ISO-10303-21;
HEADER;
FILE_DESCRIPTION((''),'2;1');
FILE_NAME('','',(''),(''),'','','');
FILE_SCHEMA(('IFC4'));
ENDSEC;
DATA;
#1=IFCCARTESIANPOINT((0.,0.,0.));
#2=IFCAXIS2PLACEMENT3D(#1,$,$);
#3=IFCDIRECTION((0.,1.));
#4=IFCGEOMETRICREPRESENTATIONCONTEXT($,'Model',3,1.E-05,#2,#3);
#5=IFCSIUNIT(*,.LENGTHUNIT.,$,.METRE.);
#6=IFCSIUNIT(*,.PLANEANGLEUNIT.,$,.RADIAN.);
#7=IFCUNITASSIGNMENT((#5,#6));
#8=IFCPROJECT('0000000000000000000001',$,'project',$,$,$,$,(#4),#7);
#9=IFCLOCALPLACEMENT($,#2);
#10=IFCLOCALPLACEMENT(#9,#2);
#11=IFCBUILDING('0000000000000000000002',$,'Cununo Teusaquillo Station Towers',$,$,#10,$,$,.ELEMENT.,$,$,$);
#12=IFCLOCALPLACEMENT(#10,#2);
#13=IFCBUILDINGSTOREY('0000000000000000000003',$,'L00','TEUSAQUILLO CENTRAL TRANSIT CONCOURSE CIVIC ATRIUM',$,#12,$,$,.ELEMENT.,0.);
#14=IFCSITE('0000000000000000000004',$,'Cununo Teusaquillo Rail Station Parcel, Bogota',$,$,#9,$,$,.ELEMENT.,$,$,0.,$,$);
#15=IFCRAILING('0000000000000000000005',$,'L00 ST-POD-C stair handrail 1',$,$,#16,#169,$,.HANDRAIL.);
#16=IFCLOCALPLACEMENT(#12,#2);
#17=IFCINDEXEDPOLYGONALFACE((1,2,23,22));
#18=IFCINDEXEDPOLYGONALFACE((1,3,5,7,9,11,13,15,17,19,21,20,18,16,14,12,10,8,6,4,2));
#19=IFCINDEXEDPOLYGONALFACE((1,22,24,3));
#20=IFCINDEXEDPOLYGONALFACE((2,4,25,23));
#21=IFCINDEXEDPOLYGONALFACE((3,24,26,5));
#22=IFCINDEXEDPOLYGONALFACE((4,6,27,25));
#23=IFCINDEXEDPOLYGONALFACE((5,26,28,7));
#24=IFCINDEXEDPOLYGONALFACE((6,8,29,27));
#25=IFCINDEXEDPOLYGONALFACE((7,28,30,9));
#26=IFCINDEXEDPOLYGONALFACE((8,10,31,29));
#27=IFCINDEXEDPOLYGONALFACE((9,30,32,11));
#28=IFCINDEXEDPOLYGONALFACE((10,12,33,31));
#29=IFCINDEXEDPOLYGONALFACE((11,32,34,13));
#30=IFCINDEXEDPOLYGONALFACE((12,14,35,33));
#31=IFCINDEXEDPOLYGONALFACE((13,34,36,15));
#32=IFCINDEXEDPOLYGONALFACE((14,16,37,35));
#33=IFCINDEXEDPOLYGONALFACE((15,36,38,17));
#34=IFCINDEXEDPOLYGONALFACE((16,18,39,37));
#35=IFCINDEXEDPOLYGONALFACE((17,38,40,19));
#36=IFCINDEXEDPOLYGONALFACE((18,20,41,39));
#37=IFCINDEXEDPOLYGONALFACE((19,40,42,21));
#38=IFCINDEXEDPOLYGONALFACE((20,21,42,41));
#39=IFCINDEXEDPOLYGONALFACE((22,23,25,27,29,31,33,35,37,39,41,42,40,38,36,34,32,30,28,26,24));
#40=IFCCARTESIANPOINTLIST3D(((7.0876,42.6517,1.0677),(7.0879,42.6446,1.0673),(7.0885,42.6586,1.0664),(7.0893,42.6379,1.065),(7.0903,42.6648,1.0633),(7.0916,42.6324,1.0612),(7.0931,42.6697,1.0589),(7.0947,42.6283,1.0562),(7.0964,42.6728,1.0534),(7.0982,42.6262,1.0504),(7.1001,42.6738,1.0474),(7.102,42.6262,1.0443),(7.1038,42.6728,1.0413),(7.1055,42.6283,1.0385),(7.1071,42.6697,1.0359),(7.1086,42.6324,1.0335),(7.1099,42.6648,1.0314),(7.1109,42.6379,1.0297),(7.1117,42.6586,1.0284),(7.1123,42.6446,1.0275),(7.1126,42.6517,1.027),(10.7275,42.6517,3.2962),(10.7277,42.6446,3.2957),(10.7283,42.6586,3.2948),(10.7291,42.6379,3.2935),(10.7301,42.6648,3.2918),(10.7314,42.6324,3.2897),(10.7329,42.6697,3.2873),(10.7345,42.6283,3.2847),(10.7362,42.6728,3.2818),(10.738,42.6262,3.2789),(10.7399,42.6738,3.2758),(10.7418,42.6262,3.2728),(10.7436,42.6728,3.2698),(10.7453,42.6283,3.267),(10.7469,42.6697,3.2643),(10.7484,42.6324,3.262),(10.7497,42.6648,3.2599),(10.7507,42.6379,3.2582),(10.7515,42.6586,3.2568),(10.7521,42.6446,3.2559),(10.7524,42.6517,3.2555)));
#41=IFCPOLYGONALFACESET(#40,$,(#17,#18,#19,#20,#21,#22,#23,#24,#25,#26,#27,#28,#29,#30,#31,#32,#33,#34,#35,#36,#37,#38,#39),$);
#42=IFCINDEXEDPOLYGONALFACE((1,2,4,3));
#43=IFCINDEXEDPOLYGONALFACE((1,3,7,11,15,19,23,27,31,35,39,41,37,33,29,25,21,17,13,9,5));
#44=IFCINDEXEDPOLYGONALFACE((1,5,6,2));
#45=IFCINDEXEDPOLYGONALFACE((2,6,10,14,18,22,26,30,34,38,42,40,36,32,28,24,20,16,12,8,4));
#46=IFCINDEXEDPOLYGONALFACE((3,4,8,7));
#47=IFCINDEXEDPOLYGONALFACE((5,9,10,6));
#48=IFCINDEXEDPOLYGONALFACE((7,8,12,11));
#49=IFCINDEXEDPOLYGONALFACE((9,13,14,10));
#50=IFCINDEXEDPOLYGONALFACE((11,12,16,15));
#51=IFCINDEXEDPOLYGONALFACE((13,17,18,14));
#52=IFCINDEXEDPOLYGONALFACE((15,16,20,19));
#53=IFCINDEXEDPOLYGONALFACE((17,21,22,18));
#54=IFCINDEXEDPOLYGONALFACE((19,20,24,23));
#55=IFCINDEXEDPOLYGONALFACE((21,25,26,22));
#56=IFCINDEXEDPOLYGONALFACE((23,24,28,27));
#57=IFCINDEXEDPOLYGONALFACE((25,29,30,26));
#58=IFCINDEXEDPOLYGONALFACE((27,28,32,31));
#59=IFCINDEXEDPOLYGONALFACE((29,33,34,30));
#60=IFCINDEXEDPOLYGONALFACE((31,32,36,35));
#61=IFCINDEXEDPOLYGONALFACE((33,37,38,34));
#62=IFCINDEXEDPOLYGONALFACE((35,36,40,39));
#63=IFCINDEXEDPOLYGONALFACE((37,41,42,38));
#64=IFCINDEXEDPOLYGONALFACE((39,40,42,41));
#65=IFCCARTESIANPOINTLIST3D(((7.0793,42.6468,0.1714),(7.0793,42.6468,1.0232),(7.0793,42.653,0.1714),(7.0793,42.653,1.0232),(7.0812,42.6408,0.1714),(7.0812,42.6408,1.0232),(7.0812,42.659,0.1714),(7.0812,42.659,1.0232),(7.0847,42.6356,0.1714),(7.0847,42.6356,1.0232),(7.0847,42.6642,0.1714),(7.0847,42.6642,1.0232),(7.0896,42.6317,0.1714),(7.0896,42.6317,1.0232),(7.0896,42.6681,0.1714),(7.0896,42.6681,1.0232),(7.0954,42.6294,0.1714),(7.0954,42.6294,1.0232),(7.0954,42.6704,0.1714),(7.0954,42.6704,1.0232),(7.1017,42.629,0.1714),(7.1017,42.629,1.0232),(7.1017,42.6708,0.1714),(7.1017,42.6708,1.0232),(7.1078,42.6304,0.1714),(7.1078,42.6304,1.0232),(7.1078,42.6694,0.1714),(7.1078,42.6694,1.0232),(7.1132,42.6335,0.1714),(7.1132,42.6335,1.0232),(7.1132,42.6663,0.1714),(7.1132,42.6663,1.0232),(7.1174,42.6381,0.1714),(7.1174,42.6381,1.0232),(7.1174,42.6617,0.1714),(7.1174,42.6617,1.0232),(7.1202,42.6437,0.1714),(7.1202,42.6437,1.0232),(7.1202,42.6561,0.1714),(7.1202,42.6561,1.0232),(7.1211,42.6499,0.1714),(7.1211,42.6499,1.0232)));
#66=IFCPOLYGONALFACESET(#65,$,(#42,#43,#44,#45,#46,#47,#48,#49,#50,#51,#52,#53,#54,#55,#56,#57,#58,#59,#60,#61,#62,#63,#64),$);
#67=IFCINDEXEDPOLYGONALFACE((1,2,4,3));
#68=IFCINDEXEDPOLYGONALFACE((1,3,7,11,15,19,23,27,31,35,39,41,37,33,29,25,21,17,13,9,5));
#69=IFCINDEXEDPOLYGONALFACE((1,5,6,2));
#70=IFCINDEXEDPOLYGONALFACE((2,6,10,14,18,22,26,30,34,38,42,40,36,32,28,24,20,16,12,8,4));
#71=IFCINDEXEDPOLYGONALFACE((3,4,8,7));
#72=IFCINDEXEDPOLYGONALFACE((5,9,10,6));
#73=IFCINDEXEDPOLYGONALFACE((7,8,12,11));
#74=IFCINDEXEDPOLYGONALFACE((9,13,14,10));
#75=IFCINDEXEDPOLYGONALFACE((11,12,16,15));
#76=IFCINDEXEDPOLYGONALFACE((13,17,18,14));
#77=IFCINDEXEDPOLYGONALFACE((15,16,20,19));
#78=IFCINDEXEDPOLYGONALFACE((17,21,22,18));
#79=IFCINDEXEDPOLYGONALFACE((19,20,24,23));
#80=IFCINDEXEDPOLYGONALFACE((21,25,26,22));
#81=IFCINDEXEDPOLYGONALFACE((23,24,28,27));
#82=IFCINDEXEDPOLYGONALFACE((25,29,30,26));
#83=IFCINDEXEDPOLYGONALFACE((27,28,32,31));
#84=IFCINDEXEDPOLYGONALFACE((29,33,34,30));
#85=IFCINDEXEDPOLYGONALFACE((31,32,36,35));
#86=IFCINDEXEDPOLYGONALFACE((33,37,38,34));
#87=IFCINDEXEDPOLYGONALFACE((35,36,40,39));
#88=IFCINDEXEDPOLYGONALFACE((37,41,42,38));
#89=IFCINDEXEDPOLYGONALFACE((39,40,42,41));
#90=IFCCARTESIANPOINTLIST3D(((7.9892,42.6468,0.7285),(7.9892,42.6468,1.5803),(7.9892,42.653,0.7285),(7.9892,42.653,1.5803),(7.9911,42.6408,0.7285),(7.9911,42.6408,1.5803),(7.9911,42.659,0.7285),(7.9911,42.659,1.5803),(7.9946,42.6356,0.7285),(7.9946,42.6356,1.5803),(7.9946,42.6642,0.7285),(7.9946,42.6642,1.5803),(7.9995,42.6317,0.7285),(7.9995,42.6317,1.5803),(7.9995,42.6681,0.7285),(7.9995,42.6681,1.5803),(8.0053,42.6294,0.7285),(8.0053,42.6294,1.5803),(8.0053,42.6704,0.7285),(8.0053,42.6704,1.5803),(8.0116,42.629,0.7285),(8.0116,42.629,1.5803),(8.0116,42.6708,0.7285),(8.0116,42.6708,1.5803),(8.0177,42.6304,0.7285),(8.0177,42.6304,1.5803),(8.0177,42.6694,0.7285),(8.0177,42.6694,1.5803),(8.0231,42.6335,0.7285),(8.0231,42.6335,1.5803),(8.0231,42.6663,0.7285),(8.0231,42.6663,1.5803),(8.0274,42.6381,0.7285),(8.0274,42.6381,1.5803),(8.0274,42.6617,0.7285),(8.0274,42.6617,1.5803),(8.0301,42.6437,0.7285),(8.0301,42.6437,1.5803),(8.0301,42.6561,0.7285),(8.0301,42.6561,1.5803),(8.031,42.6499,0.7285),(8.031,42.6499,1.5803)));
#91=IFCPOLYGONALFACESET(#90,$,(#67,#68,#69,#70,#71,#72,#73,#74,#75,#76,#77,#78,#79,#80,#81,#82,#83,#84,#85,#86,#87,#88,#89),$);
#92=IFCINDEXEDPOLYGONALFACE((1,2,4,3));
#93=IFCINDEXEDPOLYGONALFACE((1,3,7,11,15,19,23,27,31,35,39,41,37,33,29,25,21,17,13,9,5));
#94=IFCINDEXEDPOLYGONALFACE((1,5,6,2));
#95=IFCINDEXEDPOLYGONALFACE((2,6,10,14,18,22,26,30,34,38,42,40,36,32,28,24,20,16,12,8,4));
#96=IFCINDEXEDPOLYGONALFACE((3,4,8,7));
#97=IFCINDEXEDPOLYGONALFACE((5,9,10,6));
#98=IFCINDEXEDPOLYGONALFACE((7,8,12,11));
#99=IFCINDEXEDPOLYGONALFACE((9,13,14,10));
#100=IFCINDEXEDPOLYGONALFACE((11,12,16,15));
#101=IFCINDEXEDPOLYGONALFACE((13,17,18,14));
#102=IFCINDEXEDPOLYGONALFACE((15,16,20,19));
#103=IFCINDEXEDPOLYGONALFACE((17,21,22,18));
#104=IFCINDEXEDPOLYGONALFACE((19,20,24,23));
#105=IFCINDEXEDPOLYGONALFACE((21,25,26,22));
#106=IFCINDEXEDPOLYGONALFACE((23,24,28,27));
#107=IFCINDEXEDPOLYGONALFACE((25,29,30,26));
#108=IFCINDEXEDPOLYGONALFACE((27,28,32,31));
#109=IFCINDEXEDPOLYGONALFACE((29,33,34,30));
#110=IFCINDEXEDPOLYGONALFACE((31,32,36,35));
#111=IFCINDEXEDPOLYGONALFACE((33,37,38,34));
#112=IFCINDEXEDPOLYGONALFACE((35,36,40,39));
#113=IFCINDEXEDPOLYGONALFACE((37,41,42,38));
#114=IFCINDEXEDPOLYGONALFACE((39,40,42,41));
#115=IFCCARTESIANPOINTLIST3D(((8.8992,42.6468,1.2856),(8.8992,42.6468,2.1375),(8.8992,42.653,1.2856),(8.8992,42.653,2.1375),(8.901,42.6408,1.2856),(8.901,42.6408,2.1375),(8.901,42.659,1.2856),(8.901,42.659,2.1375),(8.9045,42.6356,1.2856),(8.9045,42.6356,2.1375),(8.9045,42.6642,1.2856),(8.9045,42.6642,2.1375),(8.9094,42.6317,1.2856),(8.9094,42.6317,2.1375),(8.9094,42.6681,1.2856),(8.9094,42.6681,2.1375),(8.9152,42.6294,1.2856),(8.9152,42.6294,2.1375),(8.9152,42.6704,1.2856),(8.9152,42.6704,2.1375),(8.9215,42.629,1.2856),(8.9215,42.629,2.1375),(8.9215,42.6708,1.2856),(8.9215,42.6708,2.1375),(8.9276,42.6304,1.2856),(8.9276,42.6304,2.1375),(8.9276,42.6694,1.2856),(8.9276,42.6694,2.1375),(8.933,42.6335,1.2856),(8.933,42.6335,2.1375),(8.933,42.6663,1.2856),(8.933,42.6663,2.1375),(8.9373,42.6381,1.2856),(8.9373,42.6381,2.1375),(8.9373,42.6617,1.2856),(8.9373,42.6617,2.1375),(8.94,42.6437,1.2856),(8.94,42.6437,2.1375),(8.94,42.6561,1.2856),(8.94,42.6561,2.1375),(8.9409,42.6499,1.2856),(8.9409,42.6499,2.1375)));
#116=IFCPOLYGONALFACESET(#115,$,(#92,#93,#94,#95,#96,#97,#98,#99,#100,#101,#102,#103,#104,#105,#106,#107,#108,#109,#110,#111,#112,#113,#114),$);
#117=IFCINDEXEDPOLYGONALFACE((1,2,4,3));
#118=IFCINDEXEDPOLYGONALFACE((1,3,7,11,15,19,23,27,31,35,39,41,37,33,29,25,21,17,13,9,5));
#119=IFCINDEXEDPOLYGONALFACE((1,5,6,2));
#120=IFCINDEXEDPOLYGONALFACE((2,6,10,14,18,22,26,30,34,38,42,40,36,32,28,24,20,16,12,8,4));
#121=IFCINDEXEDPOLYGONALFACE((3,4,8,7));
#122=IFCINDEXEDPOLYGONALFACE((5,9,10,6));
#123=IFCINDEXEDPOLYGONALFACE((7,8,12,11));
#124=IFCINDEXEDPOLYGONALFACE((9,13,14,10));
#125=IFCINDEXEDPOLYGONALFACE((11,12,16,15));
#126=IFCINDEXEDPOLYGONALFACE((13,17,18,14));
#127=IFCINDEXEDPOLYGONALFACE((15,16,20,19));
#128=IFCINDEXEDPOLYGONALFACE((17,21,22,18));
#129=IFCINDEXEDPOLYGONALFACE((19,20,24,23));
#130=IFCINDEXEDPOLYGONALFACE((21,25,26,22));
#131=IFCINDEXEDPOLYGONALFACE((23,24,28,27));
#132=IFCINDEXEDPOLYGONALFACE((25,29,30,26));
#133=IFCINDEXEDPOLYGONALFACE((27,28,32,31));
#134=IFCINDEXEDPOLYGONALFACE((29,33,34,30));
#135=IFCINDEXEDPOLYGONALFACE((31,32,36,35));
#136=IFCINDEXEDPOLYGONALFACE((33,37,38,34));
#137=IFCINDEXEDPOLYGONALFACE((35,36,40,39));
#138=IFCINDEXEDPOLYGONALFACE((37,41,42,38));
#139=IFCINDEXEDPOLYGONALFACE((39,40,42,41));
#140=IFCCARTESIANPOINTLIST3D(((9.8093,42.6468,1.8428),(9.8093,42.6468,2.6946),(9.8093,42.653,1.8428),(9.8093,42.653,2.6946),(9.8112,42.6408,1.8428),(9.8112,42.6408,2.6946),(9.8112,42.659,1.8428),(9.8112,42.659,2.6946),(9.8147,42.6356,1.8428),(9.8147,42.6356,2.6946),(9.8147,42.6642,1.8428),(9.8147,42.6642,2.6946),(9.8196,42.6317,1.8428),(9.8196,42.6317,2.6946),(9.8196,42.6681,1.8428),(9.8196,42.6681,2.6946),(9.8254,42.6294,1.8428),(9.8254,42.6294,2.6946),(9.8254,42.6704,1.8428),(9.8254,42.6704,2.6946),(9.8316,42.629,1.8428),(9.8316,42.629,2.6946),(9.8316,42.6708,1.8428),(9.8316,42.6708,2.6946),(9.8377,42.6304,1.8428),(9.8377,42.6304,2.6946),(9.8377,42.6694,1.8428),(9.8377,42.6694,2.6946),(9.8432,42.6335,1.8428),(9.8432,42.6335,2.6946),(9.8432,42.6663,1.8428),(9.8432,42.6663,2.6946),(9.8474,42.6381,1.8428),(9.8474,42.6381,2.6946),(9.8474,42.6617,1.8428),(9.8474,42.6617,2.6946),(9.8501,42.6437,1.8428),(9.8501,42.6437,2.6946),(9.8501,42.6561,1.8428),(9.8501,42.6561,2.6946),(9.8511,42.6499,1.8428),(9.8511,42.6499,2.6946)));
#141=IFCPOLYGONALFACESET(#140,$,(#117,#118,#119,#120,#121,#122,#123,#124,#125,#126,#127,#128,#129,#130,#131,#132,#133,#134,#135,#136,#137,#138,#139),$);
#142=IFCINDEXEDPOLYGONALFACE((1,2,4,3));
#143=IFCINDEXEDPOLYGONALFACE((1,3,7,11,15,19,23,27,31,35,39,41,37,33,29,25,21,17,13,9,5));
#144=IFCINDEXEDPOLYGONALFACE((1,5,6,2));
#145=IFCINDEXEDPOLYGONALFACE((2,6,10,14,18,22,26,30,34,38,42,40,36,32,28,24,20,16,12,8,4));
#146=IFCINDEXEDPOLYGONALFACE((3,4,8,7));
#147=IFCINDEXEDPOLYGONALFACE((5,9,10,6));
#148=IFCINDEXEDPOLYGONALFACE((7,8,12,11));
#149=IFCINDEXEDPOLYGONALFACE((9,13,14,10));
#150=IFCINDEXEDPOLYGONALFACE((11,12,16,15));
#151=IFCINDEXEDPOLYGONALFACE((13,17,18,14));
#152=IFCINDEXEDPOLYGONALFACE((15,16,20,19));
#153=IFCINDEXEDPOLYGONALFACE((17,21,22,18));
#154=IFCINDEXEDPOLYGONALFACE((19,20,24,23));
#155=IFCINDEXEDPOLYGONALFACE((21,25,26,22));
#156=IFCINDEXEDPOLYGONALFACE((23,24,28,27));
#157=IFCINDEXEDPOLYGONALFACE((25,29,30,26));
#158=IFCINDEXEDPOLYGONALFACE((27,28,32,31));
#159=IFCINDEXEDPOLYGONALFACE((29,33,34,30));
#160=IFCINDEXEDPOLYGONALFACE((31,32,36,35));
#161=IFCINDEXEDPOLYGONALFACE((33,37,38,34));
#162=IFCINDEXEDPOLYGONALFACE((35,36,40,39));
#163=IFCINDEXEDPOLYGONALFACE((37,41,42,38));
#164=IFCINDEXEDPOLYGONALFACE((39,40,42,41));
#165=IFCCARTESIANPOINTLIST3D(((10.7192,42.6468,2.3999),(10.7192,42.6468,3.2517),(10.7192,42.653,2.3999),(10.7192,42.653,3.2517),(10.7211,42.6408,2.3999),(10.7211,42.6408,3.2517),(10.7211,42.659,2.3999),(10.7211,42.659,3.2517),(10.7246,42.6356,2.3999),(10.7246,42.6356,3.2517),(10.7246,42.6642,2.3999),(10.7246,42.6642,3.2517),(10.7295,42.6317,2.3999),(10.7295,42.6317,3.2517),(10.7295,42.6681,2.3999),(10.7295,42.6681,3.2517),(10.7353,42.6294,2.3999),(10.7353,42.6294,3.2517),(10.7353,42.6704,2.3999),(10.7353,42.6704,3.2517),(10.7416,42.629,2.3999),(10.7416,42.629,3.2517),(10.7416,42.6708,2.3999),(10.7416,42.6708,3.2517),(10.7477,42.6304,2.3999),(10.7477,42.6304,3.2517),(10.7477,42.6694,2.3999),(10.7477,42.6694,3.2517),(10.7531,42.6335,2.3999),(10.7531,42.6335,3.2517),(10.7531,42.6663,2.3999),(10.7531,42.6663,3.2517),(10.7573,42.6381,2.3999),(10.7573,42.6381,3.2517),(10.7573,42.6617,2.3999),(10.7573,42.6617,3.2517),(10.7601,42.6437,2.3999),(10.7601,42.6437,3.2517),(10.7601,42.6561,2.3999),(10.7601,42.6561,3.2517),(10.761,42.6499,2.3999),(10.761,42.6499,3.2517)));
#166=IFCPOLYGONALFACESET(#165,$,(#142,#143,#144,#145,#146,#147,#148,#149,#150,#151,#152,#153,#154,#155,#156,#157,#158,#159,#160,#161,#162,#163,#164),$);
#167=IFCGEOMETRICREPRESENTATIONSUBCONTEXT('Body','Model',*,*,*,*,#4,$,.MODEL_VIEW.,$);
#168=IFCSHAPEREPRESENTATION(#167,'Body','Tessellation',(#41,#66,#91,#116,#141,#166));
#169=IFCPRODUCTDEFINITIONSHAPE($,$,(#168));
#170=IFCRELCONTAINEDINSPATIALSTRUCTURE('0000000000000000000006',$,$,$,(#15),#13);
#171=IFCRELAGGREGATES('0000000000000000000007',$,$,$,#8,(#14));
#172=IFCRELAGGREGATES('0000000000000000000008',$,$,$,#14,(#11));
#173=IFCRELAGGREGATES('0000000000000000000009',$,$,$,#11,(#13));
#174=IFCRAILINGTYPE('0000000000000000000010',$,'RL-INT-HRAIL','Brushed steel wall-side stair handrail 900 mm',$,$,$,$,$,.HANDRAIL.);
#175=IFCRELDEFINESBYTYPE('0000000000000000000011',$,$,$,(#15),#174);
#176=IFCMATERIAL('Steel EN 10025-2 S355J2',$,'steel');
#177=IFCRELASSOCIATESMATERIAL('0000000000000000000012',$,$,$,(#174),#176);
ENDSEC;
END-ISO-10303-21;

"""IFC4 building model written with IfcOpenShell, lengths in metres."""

from ifc_helpers import new_model, si_unit, direction, frame, origin, origin_2d, place, context, subcontext, project, spatial, circle, extrude, material, type_object, element, save


model = new_model("IFC4")

# Units and contexts
model_context = context("Model", 3, precision=1e-05, world=origin(), true_north=direction((0.0, 1.0)))
body_context = subcontext(model_context, "Body", "Model", "MODEL_VIEW")
ifc_project = project(units=[si_unit("LENGTHUNIT", "METRE"), si_unit("PLANEANGLEUNIT", "RADIAN")], contexts=[model_context])

# Site, building, storey
site_placement = place(None, origin())
site = spatial("IfcSite", under=ifc_project, at=site_placement, Name="Cununo Teusaquillo Rail Station Parcel, Bogota", CompositionType="ELEMENT", RefElevation=0.0)
building_placement = place(site_placement, origin())
building = spatial("IfcBuilding", under=site, at=building_placement, Name="Cununo Teusaquillo Station Towers", CompositionType="ELEMENT")
storey_placement = place(building_placement, origin())
storey = spatial("IfcBuildingStorey", under=building, at=storey_placement, Name="L00", Description="TEUSAQUILLO CENTRAL TRANSIT CONCOURSE CIVIC ATRIUM", CompositionType="ELEMENT", Elevation=0.0)

# Railing
ifc_material_1 = material(Name="Steel EN 10025-2 S355J2", Category="steel")
railing_type_1 = type_object("IfcRailingType", Name="RL-INT-HRAIL", Description="Brushed steel wall-side stair handrail 900 mm", PredefinedType="HANDRAIL", material=ifc_material_1)
railing_1_placement = place(storey_placement, frame((7.1001, 42.6499, 0.1714)))
element("IfcRailing", 1, at=railing_1_placement, inside=storey, type_object=railing_type_1, Name="L00 ST-POD-C stair handrail 1", PredefinedType="HANDRAIL", context=body_context, shape_type="SweptSolid", body=[
    extrude(circle(Radius=0.0239, at=origin_2d()), frame((0.0, 0.0, 0.876), z_axis=(0.85285, 0.0, 0.522156), x_axis=(0.0, 1.0, 0.0)), (0.0, 0.0, 1.0), 4.2678),
    extrude(circle(Radius=0.021, at=origin_2d()), origin(), (0.0, 0.0, 1.0), 0.8518),
    extrude(circle(Radius=0.021, at=origin_2d()), frame((0.9099, 0.0, 0.5571)), (0.0, 0.0, 1.0), 0.8518),
    extrude(circle(Radius=0.021, at=origin_2d()), frame((1.8198, 0.0, 1.1143)), (0.0, 0.0, 1.0), 0.8518),
    extrude(circle(Radius=0.021, at=origin_2d()), frame((2.73, 0.0, 1.6714)), (0.0, 0.0, 1.0), 0.8518),
    extrude(circle(Radius=0.021, at=origin_2d()), frame((3.6399, 0.0, 2.2285)), (0.0, 0.0, 1.0), 0.8518),
])

save(model, "model.ifc")
